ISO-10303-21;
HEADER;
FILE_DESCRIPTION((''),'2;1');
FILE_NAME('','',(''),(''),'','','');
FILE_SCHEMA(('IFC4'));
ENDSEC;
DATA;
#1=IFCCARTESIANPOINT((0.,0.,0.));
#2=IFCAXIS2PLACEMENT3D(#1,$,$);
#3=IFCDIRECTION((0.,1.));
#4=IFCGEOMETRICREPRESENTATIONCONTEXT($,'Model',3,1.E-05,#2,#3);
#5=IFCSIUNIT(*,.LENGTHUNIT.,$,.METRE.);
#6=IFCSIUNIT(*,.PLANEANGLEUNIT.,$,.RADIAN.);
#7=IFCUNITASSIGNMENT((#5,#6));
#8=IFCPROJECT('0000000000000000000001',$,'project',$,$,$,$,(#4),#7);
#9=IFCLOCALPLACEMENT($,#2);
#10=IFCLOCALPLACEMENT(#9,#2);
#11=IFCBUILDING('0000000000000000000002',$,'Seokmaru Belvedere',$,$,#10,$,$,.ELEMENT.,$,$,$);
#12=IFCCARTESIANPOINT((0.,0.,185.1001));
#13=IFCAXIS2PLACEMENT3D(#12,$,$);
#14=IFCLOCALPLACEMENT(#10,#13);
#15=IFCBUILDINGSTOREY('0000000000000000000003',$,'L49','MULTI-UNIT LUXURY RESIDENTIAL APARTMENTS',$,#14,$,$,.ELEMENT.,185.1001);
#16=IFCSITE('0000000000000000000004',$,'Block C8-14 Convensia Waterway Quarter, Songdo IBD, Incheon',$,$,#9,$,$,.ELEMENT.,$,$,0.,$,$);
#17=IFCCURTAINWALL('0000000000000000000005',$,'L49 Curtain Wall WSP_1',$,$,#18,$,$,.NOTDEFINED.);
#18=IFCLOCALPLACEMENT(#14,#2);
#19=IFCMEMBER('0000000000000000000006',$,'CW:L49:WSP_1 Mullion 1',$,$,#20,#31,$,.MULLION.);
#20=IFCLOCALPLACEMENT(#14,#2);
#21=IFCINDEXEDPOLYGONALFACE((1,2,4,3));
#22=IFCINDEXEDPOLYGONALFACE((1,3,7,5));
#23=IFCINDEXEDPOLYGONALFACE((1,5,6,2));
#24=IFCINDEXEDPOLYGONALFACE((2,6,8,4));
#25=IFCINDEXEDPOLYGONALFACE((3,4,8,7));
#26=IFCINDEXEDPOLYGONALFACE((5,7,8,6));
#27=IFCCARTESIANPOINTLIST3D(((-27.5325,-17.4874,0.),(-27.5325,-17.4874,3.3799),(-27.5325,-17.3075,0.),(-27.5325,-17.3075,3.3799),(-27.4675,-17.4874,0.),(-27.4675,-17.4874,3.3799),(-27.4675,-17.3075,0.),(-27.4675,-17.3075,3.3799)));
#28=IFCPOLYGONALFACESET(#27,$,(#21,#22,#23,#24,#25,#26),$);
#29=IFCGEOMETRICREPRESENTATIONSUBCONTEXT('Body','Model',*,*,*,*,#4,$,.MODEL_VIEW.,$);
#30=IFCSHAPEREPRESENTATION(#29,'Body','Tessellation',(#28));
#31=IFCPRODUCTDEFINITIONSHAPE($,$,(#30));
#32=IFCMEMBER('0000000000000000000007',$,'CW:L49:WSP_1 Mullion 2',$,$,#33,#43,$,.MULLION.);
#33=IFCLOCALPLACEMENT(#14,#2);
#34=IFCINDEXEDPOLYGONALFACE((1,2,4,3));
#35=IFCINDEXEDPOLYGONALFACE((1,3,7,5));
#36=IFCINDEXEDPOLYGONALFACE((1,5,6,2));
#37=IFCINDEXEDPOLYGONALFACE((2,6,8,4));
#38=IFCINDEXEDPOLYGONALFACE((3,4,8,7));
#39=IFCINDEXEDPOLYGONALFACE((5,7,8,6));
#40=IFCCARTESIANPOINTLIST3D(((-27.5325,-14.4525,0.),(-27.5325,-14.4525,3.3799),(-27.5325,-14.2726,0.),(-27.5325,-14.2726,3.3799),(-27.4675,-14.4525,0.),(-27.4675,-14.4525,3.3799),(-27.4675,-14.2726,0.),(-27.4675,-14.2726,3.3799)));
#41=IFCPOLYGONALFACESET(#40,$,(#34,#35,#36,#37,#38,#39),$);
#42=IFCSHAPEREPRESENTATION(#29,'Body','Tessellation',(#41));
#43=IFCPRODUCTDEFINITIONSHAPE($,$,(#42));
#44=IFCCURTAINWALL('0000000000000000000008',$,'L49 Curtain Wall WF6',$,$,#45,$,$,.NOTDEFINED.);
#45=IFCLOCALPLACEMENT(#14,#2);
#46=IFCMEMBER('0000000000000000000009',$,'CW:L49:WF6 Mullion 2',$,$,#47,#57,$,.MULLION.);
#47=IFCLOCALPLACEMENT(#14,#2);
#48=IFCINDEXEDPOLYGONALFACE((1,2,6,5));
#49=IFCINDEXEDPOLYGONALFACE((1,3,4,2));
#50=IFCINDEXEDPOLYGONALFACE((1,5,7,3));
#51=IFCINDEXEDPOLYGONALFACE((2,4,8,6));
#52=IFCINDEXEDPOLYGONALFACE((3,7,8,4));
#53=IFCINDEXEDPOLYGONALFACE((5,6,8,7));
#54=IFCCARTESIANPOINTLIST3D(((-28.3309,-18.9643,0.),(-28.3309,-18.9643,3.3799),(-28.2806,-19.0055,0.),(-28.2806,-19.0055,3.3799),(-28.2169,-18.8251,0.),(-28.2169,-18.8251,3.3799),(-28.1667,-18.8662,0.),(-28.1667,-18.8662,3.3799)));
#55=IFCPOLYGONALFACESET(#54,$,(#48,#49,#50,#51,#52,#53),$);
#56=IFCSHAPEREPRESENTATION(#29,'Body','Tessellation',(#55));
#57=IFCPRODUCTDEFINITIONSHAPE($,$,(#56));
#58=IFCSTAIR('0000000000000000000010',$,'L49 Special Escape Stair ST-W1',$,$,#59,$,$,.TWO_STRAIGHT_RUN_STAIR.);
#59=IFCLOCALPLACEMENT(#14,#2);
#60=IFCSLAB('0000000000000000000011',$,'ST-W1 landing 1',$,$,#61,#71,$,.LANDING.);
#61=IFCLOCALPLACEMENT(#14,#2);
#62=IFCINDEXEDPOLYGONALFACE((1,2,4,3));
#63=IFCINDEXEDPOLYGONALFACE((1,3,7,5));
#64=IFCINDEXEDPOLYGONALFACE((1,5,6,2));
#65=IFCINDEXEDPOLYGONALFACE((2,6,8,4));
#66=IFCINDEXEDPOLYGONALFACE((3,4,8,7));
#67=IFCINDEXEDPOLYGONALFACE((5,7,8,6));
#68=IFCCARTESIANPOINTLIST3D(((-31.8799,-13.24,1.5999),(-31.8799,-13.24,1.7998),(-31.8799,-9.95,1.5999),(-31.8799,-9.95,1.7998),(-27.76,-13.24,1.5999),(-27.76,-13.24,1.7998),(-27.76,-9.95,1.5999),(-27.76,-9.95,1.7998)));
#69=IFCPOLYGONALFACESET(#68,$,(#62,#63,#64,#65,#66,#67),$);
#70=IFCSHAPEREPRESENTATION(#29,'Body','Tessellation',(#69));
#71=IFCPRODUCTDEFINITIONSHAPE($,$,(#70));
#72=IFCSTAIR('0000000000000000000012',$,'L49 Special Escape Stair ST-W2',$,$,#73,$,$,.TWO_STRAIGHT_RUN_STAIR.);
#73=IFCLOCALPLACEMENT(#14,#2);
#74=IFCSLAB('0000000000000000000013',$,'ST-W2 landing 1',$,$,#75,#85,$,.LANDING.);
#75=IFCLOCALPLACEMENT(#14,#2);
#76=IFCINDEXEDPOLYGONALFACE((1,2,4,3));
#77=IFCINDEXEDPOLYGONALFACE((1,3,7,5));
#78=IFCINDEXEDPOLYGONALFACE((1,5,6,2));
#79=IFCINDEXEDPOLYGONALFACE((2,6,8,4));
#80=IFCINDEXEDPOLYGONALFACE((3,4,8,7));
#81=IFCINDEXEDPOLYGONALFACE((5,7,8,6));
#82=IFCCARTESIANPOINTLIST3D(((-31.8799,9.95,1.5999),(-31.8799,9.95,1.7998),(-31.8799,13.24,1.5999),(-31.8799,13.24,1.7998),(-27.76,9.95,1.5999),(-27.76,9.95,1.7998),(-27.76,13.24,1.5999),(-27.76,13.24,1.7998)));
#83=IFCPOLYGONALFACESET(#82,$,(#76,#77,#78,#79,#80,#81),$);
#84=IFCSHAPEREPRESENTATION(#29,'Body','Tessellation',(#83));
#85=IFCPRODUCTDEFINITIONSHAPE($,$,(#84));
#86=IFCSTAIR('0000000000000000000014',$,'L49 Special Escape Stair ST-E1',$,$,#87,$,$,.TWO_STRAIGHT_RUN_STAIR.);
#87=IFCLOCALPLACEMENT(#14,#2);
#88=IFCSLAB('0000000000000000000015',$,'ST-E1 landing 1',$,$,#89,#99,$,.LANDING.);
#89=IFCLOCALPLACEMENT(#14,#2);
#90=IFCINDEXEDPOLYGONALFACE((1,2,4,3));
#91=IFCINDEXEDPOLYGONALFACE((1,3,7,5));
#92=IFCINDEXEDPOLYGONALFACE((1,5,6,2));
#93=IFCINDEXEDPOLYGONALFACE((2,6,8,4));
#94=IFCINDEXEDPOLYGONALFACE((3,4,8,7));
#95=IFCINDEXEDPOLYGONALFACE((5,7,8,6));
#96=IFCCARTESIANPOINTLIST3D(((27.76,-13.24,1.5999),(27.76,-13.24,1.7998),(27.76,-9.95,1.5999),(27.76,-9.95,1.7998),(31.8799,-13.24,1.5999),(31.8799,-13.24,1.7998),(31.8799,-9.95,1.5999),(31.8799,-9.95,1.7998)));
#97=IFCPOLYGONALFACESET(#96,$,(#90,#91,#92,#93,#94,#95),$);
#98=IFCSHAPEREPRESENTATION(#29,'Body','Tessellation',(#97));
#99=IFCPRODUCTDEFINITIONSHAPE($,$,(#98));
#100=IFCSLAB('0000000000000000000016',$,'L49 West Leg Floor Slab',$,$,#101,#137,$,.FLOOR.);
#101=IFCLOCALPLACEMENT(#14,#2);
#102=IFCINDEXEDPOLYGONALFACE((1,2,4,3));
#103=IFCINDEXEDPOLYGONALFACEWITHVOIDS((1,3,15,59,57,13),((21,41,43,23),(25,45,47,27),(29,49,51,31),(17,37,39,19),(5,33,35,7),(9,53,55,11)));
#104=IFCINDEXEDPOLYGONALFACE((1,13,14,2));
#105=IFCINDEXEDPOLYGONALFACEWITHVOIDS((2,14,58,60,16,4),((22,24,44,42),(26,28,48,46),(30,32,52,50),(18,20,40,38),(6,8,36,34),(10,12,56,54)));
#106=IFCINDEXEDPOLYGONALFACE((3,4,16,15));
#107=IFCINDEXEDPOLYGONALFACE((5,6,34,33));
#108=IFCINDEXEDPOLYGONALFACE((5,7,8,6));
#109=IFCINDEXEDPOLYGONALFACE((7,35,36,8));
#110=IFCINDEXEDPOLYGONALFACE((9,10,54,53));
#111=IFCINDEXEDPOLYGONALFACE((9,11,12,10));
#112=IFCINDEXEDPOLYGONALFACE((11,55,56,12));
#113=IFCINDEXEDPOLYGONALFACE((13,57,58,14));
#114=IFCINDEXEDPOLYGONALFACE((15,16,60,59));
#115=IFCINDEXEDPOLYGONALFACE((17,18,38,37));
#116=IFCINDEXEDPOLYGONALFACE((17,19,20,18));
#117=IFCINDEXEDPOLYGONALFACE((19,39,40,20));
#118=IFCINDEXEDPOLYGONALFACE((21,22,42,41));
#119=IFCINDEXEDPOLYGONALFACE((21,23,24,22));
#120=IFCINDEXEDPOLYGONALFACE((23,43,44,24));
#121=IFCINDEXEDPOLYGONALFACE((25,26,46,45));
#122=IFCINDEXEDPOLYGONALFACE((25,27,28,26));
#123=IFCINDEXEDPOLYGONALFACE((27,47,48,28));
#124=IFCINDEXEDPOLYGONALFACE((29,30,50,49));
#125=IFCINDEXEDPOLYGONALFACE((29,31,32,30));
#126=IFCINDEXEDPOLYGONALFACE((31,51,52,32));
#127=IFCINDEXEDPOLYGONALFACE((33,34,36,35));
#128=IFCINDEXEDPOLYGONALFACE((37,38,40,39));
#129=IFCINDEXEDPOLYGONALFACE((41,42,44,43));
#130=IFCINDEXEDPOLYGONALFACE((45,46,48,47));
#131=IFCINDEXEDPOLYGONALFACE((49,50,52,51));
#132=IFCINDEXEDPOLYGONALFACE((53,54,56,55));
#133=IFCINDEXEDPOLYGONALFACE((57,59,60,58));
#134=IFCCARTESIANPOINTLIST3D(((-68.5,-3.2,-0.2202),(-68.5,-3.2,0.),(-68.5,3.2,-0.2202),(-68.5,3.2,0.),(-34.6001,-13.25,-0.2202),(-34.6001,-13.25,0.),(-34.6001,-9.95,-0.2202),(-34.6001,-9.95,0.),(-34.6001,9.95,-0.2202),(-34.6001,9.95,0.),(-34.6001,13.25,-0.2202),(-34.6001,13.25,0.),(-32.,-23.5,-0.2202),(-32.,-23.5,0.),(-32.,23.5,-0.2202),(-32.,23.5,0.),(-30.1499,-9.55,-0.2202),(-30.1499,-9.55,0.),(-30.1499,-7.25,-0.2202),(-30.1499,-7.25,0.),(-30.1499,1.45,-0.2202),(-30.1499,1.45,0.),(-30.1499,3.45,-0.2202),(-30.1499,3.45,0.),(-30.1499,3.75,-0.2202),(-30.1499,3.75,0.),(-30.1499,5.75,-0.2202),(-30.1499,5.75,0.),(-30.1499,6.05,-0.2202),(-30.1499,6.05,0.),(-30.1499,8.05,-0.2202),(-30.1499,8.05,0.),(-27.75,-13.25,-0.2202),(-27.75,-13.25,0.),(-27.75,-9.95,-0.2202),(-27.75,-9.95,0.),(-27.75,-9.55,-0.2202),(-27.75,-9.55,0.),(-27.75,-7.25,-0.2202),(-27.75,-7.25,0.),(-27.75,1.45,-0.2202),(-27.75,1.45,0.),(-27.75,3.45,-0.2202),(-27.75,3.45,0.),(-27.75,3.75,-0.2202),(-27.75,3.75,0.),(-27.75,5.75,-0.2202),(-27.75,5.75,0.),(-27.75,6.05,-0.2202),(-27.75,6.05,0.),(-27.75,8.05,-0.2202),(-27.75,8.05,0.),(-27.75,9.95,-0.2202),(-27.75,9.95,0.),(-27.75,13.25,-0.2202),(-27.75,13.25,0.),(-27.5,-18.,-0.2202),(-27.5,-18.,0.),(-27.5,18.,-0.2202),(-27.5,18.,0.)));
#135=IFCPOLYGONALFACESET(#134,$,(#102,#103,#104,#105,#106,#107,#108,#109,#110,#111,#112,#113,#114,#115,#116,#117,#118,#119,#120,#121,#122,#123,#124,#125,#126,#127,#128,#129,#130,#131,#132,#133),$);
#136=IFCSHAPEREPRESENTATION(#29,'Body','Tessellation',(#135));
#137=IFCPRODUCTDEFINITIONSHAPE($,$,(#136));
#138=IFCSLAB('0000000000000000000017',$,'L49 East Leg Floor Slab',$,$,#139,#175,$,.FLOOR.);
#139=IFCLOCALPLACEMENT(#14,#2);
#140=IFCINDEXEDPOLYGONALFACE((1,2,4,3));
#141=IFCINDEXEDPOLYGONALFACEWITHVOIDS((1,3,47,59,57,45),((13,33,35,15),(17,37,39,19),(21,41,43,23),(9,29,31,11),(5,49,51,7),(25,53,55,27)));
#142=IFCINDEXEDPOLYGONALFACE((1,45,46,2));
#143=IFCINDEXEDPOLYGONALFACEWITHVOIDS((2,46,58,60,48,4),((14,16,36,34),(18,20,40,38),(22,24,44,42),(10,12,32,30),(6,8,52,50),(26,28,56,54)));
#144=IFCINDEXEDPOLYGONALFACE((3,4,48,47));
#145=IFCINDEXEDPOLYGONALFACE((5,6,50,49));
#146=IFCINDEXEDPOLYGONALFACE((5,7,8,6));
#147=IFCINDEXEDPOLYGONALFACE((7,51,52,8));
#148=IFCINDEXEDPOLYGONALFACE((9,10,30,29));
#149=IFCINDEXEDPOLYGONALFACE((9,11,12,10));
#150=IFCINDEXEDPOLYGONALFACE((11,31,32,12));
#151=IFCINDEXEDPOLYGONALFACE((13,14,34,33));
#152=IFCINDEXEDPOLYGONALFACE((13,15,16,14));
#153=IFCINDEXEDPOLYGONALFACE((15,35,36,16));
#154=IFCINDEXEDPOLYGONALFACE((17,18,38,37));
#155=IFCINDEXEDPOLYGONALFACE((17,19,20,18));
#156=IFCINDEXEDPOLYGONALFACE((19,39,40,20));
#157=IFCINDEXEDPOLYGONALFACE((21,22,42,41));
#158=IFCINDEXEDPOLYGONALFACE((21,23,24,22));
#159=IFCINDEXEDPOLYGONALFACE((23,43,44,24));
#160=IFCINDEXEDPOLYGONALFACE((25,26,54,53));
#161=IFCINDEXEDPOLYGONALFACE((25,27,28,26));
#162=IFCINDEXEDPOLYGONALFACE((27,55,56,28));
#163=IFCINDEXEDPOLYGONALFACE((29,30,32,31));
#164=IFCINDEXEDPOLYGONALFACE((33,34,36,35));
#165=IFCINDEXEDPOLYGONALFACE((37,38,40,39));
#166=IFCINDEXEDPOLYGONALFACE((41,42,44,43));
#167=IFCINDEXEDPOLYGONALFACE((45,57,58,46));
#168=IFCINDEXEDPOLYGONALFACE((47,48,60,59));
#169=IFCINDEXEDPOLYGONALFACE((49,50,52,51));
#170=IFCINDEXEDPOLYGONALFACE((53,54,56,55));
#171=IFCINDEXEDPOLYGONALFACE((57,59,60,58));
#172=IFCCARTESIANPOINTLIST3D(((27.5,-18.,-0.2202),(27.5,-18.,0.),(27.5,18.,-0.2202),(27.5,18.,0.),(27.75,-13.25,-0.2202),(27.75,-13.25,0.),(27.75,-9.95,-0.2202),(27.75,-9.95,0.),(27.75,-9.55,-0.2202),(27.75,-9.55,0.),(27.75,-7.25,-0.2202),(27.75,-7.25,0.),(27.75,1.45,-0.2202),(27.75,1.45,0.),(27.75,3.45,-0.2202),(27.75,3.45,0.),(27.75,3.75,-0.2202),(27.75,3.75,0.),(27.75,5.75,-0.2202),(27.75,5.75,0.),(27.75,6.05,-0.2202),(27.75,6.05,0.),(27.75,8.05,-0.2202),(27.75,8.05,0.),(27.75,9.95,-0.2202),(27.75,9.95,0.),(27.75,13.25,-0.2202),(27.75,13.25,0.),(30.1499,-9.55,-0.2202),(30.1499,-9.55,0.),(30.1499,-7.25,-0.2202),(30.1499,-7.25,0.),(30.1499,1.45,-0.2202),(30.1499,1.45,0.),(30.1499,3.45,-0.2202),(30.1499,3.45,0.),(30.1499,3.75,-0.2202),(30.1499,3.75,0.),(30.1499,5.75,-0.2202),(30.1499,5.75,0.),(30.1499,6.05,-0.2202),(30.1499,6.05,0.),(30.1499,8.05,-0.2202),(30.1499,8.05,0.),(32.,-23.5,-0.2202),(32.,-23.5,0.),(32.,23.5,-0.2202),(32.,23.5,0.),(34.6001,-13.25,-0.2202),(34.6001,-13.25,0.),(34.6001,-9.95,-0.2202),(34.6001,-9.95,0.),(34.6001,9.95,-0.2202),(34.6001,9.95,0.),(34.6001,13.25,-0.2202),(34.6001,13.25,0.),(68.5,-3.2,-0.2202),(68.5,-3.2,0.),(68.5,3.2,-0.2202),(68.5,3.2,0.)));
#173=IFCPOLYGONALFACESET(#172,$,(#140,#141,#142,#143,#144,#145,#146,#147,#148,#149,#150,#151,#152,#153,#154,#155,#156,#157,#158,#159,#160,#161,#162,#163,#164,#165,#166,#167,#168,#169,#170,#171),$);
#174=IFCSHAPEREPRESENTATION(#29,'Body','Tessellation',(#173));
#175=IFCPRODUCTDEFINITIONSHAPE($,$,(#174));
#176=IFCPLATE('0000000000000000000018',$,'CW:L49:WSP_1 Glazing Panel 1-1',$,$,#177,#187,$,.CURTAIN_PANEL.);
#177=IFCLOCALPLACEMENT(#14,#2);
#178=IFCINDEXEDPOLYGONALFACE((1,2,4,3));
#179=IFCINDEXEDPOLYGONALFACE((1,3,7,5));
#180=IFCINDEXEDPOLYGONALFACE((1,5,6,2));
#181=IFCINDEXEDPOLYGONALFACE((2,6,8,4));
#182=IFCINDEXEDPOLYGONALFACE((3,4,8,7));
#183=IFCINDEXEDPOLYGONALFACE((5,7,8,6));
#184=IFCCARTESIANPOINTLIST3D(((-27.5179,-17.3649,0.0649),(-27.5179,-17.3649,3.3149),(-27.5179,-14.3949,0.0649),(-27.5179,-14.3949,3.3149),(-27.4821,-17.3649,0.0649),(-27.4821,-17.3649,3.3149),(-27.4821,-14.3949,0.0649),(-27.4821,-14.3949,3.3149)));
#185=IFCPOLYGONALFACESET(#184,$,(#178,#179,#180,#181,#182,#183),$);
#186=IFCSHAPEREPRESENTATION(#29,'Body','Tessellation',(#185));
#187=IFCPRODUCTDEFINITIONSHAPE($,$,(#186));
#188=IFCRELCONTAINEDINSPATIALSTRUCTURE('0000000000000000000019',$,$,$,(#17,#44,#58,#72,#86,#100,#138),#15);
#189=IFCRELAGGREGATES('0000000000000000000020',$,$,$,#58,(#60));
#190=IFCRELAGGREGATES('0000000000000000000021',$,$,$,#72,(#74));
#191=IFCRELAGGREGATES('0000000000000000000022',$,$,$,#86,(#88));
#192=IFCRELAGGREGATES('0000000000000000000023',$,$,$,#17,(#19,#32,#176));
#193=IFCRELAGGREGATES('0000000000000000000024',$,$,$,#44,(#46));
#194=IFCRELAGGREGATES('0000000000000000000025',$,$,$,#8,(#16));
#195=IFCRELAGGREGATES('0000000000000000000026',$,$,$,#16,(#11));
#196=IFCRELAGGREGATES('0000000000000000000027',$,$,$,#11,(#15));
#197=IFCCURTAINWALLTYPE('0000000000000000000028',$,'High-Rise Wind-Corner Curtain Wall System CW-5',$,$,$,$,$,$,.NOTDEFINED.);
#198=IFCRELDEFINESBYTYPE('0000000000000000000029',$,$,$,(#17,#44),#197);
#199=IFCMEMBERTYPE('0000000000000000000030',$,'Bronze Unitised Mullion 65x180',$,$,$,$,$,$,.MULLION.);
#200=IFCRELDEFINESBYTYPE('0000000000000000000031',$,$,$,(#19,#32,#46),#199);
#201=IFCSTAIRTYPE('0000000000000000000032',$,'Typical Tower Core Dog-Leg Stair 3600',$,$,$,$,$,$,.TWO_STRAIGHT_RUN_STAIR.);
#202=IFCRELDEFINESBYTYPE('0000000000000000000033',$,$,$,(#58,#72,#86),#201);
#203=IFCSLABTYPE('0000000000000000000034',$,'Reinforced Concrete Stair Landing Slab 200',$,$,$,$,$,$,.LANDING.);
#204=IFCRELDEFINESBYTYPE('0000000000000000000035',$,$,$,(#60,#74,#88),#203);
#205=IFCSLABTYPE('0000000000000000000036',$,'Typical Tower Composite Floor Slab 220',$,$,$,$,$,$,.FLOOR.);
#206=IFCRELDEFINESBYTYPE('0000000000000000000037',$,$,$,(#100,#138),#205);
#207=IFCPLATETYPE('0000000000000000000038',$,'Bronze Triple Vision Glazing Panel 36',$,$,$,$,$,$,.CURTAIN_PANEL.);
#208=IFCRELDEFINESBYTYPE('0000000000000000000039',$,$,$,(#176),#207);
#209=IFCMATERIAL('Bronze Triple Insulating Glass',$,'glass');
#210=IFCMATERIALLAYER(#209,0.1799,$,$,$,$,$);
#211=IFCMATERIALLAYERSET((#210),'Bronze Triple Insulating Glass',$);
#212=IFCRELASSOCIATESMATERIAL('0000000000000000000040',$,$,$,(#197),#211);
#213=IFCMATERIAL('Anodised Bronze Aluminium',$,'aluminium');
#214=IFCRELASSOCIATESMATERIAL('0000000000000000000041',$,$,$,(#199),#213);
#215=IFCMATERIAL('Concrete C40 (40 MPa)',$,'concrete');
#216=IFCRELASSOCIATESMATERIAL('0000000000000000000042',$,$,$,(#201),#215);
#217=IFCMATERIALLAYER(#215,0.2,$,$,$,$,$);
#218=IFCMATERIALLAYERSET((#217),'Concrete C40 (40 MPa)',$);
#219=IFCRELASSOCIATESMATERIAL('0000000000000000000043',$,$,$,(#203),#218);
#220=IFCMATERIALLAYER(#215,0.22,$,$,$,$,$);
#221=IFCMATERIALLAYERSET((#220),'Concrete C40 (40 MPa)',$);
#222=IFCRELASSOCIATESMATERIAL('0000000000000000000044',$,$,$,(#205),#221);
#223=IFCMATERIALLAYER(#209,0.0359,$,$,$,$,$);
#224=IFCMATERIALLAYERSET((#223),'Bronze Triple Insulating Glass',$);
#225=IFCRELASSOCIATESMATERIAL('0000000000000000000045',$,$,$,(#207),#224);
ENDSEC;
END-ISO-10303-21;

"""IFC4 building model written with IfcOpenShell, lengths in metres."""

from ifc_helpers import new_model, si_unit, direction, frame, origin, origin_2d, place, context, subcontext, project, spatial, polyline, rectangle, outline, extrude, source, transform, mapped, material, layer, layer_set, material_profile, profile_set, type_object, type_shapes, element, aggregate, save


model = new_model("IFC4")

# Units and contexts
model_context = context("Model", 3, precision=1e-05, world=origin(), true_north=direction((0.0, 1.0)))
body_context = subcontext(model_context, "Body", "Model", "MODEL_VIEW")
ifc_project = project(units=[si_unit("LENGTHUNIT", "METRE"), si_unit("PLANEANGLEUNIT", "RADIAN")], contexts=[model_context])

# Site, building, storey
site_placement = place(None, origin())
site = spatial("IfcSite", under=ifc_project, at=site_placement, Name="Block C8-14 Convensia Waterway Quarter, Songdo IBD, Incheon", CompositionType="ELEMENT", RefElevation=0.0)
building_placement = place(site_placement, origin())
building = spatial("IfcBuilding", under=site, at=building_placement, Name="Seokmaru Belvedere", CompositionType="ELEMENT")
storey_placement = place(building_placement, frame((0.0, 0.0, 185.1001)))
storey = spatial("IfcBuildingStorey", under=building, at=storey_placement, Name="L49", Description="MULTI-UNIT LUXURY RESIDENTIAL APARTMENTS", CompositionType="ELEMENT", Elevation=185.1001)

# Curtain wall, members
ifc_material_1 = material(Name="Bronze Triple Insulating Glass", Category="glass")
ifc_layer_1 = layer(ifc_material_1, 0.1799)
ifc_layer_set_1 = layer_set([ifc_layer_1], Name="Bronze Triple Insulating Glass")
curtain_wall_type = type_object("IfcCurtainWallType", Name="High-Rise Wind-Corner Curtain Wall System CW-5", PredefinedType="NOTDEFINED", material=ifc_layer_set_1)
curtain_wall_1_placement = place(storey_placement, origin())
curtain_wall_1 = element("IfcCurtainWall", 1, at=curtain_wall_1_placement, inside=storey, type_object=curtain_wall_type, Name="L49 Curtain Wall WSP_1", PredefinedType="NOTDEFINED")
ifc_material_2 = material(Name="Anodised Bronze Aluminium", Category="aluminium")
ifc_material_profile_1 = material_profile(ifc_material_2, rectangle(XDim=0.0649, YDim=0.1799, at=origin_2d()), Name="CW-M-65x180")
ifc_profile_set_1 = profile_set([ifc_material_profile_1], Name="Anodised Bronze Aluminium")
member_type_1 = type_object("IfcMemberType", Name="Bronze Unitised Mullion 65x180", PredefinedType="MULLION", material=ifc_profile_set_1)
shared_shape_1 = source(origin(), body_context, "Body", "SweptSolid", [
    extrude(rectangle(XDim=0.0649, YDim=0.1799, at=origin_2d()), origin(), (0.0, 0.0, 1.0), 3.3799),
])
type_shapes(member_type_1, [shared_shape_1])
member_1_placement = place(storey_placement, frame((-27.5, -17.3975, 0.0), z_axis=(0.0, 0.0, 1.0), x_axis=(-1.0, 0.0, 0.0)))
member_1 = element("IfcMember", 2, at=member_1_placement, type_object=member_type_1, Name="CW:L49:WSP_1 Mullion 1", PredefinedType="MULLION", context=body_context, shape_type="MappedRepresentation", body=[
    mapped(shared_shape_1, transform((0.0, 0.0, 0.0), scale=1.0)),
])
member_2_placement = place(storey_placement, frame((-27.5, -14.3625, 0.0), z_axis=(0.0, 0.0, 1.0), x_axis=(-1.0, 0.0, 0.0)))
member_2 = element("IfcMember", 3, at=member_2_placement, type_object=member_type_1, Name="CW:L49:WSP_1 Mullion 2", PredefinedType="MULLION", context=body_context, shape_type="MappedRepresentation", body=[
    mapped(shared_shape_1, transform((0.0, 0.0, 0.0), scale=1.0)),
])

# Curtain wall, member
curtain_wall_2_placement = place(storey_placement, origin())
curtain_wall_2 = element("IfcCurtainWall", 4, at=curtain_wall_2_placement, inside=storey, type_object=curtain_wall_type, Name="L49 Curtain Wall WF6", PredefinedType="NOTDEFINED")
member_3_placement = place(storey_placement, frame((-28.2488, -18.9153, 0.0), z_axis=(0.0, 0.0, 1.0), x_axis=(-0.773944, 0.633254, 0.0)))
member_3 = element("IfcMember", 5, at=member_3_placement, type_object=member_type_1, Name="CW:L49:WF6 Mullion 2", PredefinedType="MULLION", context=body_context, shape_type="MappedRepresentation", body=[
    mapped(shared_shape_1, transform((0.0, 0.0, 0.0), scale=1.0)),
])

# Stairs, slabs
ifc_material_3 = material(Name="Concrete C40 (40 MPa)", Category="concrete")
stair_type = type_object("IfcStairType", Name="Typical Tower Core Dog-Leg Stair 3600", PredefinedType="TWO_STRAIGHT_RUN_STAIR", material=ifc_material_3)
stair_1_placement = place(storey_placement, origin())
stair_1 = element("IfcStair", 6, at=stair_1_placement, inside=storey, type_object=stair_type, Name="L49 Special Escape Stair ST-W1", PredefinedType="TWO_STRAIGHT_RUN_STAIR")
ifc_layer_2 = layer(ifc_material_3, 0.2)
ifc_layer_set_2 = layer_set([ifc_layer_2], Name="Concrete C40 (40 MPa)")
slab_type_1 = type_object("IfcSlabType", Name="Reinforced Concrete Stair Landing Slab 200", PredefinedType="LANDING", material=ifc_layer_set_2)
slab_1_placement = place(storey_placement, frame((0.0, 0.0, 1.5999)))
slab_1 = element("IfcSlab", 7, at=slab_1_placement, type_object=slab_type_1, Name="ST-W1 landing 1", PredefinedType="LANDING", context=body_context, shape_type="SweptSolid", body=[
    extrude(outline(polyline([(-31.8799, -13.24), (-27.76, -13.24), (-27.76, -9.95), (-31.8799, -9.95), (-31.8799, -13.24)])), origin(), (0.0, 0.0, 1.0), 0.2),
])
aggregate(stair_1, [slab_1])
stair_2_placement = place(storey_placement, origin())
stair_2 = element("IfcStair", 8, at=stair_2_placement, inside=storey, type_object=stair_type, Name="L49 Special Escape Stair ST-W2", PredefinedType="TWO_STRAIGHT_RUN_STAIR")
slab_2_placement = place(storey_placement, frame((0.0, 0.0, 1.5999)))
slab_2 = element("IfcSlab", 9, at=slab_2_placement, type_object=slab_type_1, Name="ST-W2 landing 1", PredefinedType="LANDING", context=body_context, shape_type="SweptSolid", body=[
    extrude(outline(polyline([(-31.8799, 9.95), (-27.76, 9.95), (-27.76, 13.24), (-31.8799, 13.24), (-31.8799, 9.95)])), origin(), (0.0, 0.0, 1.0), 0.2),
])
aggregate(stair_2, [slab_2])
stair_3_placement = place(storey_placement, origin())
stair_3 = element("IfcStair", 10, at=stair_3_placement, inside=storey, type_object=stair_type, Name="L49 Special Escape Stair ST-E1", PredefinedType="TWO_STRAIGHT_RUN_STAIR")
slab_3_placement = place(storey_placement, frame((0.0, 0.0, 1.5999)))
slab_3 = element("IfcSlab", 11, at=slab_3_placement, type_object=slab_type_1, Name="ST-E1 landing 1", PredefinedType="LANDING", context=body_context, shape_type="SweptSolid", body=[
    extrude(outline(polyline([(27.76, -13.24), (31.8799, -13.24), (31.8799, -9.95), (27.76, -9.95), (27.76, -13.24)])), origin(), (0.0, 0.0, 1.0), 0.2),
])
aggregate(stair_3, [slab_3])

# Slabs
ifc_layer_3 = layer(ifc_material_3, 0.22)
ifc_layer_set_3 = layer_set([ifc_layer_3], Name="Concrete C40 (40 MPa)")
slab_type_2 = type_object("IfcSlabType", Name="Typical Tower Composite Floor Slab 220", PredefinedType="FLOOR", material=ifc_layer_set_3)
slab_4_placement = place(storey_placement, frame((0.0, 0.0, -0.2202)))
element("IfcSlab", 12, at=slab_4_placement, inside=storey, type_object=slab_type_2, Name="L49 West Leg Floor Slab", PredefinedType="FLOOR", context=body_context, shape_type="SweptSolid", body=[
    extrude(outline(polyline([(-27.5, -18.0), (-27.5, 18.0), (-32.0, 23.5), (-68.5, 3.2), (-68.5, -3.2), (-32.0, -23.5), (-27.5, -18.0)]), holes=[polyline([(-34.6001, -13.25), (-27.75, -13.25), (-27.75, -9.95), (-34.6001, -9.95), (-34.6001, -13.25)]), polyline([(-34.6001, 9.95), (-27.75, 9.95), (-27.75, 13.25), (-34.6001, 13.25), (-34.6001, 9.95)]), polyline([(-30.1499, -9.55), (-27.75, -9.55), (-27.75, -7.25), (-30.1499, -7.25), (-30.1499, -9.55)]), polyline([(-30.1499, 1.45), (-27.75, 1.45), (-27.75, 3.45), (-30.1499, 3.45), (-30.1499, 1.45)]), polyline([(-30.1499, 3.75), (-27.75, 3.75), (-27.75, 5.75), (-30.1499, 5.75), (-30.1499, 3.75)]), polyline([(-30.1499, 6.05), (-27.75, 6.05), (-27.75, 8.05), (-30.1499, 8.05), (-30.1499, 6.05)])]), origin(), (0.0, 0.0, 1.0), 0.2202),
])
slab_5_placement = place(storey_placement, frame((0.0, 0.0, -0.2202)))
element("IfcSlab", 13, at=slab_5_placement, inside=storey, type_object=slab_type_2, Name="L49 East Leg Floor Slab", PredefinedType="FLOOR", context=body_context, shape_type="SweptSolid", body=[
    extrude(outline(polyline([(32.0, -23.5), (68.5, -3.2), (68.5, 3.2), (32.0, 23.5), (27.5, 18.0), (27.5, -18.0), (32.0, -23.5)]), holes=[polyline([(27.75, -13.25), (34.6001, -13.25), (34.6001, -9.95), (27.75, -9.95), (27.75, -13.25)]), polyline([(27.75, 9.95), (34.6001, 9.95), (34.6001, 13.25), (27.75, 13.25), (27.75, 9.95)]), polyline([(27.75, -9.55), (30.1499, -9.55), (30.1499, -7.25), (27.75, -7.25), (27.75, -9.55)]), polyline([(27.75, 1.45), (30.1499, 1.45), (30.1499, 3.45), (27.75, 3.45), (27.75, 1.45)]), polyline([(27.75, 3.75), (30.1499, 3.75), (30.1499, 5.75), (27.75, 5.75), (27.75, 3.75)]), polyline([(27.75, 6.05), (30.1499, 6.05), (30.1499, 8.05), (27.75, 8.05), (27.75, 6.05)])]), origin(), (0.0, 0.0, 1.0), 0.2202),
])

# Plate
ifc_layer_4 = layer(ifc_material_1, 0.0359)
ifc_layer_set_4 = layer_set([ifc_layer_4], Name="Bronze Triple Insulating Glass")
plate_type = type_object("IfcPlateType", Name="Bronze Triple Vision Glazing Panel 36", PredefinedType="CURTAIN_PANEL", material=ifc_layer_set_4)
shared_shape_2 = source(origin(), body_context, "Body", "SweptSolid", [
    extrude(rectangle(XDim=2.97, YDim=0.0359, at=origin_2d()), origin(), (0.0, 0.0, 1.0), 3.25),
])
plate_1_placement = place(storey_placement, frame((-27.5, -15.8799, 0.0649), z_axis=(0.0, 0.0, 1.0), x_axis=(0.0, 1.0, 0.0)))
plate_1 = element("IfcPlate", 14, at=plate_1_placement, type_object=plate_type, Name="CW:L49:WSP_1 Glazing Panel 1-1", PredefinedType="CURTAIN_PANEL", context=body_context, shape_type="MappedRepresentation", body=[
    mapped(shared_shape_2, transform((0.0, 0.0, 0.0), scale=1.0)),
])
aggregate(curtain_wall_1, [member_1, member_2, plate_1])
aggregate(curtain_wall_2, [member_3])

save(model, "model.ifc")
